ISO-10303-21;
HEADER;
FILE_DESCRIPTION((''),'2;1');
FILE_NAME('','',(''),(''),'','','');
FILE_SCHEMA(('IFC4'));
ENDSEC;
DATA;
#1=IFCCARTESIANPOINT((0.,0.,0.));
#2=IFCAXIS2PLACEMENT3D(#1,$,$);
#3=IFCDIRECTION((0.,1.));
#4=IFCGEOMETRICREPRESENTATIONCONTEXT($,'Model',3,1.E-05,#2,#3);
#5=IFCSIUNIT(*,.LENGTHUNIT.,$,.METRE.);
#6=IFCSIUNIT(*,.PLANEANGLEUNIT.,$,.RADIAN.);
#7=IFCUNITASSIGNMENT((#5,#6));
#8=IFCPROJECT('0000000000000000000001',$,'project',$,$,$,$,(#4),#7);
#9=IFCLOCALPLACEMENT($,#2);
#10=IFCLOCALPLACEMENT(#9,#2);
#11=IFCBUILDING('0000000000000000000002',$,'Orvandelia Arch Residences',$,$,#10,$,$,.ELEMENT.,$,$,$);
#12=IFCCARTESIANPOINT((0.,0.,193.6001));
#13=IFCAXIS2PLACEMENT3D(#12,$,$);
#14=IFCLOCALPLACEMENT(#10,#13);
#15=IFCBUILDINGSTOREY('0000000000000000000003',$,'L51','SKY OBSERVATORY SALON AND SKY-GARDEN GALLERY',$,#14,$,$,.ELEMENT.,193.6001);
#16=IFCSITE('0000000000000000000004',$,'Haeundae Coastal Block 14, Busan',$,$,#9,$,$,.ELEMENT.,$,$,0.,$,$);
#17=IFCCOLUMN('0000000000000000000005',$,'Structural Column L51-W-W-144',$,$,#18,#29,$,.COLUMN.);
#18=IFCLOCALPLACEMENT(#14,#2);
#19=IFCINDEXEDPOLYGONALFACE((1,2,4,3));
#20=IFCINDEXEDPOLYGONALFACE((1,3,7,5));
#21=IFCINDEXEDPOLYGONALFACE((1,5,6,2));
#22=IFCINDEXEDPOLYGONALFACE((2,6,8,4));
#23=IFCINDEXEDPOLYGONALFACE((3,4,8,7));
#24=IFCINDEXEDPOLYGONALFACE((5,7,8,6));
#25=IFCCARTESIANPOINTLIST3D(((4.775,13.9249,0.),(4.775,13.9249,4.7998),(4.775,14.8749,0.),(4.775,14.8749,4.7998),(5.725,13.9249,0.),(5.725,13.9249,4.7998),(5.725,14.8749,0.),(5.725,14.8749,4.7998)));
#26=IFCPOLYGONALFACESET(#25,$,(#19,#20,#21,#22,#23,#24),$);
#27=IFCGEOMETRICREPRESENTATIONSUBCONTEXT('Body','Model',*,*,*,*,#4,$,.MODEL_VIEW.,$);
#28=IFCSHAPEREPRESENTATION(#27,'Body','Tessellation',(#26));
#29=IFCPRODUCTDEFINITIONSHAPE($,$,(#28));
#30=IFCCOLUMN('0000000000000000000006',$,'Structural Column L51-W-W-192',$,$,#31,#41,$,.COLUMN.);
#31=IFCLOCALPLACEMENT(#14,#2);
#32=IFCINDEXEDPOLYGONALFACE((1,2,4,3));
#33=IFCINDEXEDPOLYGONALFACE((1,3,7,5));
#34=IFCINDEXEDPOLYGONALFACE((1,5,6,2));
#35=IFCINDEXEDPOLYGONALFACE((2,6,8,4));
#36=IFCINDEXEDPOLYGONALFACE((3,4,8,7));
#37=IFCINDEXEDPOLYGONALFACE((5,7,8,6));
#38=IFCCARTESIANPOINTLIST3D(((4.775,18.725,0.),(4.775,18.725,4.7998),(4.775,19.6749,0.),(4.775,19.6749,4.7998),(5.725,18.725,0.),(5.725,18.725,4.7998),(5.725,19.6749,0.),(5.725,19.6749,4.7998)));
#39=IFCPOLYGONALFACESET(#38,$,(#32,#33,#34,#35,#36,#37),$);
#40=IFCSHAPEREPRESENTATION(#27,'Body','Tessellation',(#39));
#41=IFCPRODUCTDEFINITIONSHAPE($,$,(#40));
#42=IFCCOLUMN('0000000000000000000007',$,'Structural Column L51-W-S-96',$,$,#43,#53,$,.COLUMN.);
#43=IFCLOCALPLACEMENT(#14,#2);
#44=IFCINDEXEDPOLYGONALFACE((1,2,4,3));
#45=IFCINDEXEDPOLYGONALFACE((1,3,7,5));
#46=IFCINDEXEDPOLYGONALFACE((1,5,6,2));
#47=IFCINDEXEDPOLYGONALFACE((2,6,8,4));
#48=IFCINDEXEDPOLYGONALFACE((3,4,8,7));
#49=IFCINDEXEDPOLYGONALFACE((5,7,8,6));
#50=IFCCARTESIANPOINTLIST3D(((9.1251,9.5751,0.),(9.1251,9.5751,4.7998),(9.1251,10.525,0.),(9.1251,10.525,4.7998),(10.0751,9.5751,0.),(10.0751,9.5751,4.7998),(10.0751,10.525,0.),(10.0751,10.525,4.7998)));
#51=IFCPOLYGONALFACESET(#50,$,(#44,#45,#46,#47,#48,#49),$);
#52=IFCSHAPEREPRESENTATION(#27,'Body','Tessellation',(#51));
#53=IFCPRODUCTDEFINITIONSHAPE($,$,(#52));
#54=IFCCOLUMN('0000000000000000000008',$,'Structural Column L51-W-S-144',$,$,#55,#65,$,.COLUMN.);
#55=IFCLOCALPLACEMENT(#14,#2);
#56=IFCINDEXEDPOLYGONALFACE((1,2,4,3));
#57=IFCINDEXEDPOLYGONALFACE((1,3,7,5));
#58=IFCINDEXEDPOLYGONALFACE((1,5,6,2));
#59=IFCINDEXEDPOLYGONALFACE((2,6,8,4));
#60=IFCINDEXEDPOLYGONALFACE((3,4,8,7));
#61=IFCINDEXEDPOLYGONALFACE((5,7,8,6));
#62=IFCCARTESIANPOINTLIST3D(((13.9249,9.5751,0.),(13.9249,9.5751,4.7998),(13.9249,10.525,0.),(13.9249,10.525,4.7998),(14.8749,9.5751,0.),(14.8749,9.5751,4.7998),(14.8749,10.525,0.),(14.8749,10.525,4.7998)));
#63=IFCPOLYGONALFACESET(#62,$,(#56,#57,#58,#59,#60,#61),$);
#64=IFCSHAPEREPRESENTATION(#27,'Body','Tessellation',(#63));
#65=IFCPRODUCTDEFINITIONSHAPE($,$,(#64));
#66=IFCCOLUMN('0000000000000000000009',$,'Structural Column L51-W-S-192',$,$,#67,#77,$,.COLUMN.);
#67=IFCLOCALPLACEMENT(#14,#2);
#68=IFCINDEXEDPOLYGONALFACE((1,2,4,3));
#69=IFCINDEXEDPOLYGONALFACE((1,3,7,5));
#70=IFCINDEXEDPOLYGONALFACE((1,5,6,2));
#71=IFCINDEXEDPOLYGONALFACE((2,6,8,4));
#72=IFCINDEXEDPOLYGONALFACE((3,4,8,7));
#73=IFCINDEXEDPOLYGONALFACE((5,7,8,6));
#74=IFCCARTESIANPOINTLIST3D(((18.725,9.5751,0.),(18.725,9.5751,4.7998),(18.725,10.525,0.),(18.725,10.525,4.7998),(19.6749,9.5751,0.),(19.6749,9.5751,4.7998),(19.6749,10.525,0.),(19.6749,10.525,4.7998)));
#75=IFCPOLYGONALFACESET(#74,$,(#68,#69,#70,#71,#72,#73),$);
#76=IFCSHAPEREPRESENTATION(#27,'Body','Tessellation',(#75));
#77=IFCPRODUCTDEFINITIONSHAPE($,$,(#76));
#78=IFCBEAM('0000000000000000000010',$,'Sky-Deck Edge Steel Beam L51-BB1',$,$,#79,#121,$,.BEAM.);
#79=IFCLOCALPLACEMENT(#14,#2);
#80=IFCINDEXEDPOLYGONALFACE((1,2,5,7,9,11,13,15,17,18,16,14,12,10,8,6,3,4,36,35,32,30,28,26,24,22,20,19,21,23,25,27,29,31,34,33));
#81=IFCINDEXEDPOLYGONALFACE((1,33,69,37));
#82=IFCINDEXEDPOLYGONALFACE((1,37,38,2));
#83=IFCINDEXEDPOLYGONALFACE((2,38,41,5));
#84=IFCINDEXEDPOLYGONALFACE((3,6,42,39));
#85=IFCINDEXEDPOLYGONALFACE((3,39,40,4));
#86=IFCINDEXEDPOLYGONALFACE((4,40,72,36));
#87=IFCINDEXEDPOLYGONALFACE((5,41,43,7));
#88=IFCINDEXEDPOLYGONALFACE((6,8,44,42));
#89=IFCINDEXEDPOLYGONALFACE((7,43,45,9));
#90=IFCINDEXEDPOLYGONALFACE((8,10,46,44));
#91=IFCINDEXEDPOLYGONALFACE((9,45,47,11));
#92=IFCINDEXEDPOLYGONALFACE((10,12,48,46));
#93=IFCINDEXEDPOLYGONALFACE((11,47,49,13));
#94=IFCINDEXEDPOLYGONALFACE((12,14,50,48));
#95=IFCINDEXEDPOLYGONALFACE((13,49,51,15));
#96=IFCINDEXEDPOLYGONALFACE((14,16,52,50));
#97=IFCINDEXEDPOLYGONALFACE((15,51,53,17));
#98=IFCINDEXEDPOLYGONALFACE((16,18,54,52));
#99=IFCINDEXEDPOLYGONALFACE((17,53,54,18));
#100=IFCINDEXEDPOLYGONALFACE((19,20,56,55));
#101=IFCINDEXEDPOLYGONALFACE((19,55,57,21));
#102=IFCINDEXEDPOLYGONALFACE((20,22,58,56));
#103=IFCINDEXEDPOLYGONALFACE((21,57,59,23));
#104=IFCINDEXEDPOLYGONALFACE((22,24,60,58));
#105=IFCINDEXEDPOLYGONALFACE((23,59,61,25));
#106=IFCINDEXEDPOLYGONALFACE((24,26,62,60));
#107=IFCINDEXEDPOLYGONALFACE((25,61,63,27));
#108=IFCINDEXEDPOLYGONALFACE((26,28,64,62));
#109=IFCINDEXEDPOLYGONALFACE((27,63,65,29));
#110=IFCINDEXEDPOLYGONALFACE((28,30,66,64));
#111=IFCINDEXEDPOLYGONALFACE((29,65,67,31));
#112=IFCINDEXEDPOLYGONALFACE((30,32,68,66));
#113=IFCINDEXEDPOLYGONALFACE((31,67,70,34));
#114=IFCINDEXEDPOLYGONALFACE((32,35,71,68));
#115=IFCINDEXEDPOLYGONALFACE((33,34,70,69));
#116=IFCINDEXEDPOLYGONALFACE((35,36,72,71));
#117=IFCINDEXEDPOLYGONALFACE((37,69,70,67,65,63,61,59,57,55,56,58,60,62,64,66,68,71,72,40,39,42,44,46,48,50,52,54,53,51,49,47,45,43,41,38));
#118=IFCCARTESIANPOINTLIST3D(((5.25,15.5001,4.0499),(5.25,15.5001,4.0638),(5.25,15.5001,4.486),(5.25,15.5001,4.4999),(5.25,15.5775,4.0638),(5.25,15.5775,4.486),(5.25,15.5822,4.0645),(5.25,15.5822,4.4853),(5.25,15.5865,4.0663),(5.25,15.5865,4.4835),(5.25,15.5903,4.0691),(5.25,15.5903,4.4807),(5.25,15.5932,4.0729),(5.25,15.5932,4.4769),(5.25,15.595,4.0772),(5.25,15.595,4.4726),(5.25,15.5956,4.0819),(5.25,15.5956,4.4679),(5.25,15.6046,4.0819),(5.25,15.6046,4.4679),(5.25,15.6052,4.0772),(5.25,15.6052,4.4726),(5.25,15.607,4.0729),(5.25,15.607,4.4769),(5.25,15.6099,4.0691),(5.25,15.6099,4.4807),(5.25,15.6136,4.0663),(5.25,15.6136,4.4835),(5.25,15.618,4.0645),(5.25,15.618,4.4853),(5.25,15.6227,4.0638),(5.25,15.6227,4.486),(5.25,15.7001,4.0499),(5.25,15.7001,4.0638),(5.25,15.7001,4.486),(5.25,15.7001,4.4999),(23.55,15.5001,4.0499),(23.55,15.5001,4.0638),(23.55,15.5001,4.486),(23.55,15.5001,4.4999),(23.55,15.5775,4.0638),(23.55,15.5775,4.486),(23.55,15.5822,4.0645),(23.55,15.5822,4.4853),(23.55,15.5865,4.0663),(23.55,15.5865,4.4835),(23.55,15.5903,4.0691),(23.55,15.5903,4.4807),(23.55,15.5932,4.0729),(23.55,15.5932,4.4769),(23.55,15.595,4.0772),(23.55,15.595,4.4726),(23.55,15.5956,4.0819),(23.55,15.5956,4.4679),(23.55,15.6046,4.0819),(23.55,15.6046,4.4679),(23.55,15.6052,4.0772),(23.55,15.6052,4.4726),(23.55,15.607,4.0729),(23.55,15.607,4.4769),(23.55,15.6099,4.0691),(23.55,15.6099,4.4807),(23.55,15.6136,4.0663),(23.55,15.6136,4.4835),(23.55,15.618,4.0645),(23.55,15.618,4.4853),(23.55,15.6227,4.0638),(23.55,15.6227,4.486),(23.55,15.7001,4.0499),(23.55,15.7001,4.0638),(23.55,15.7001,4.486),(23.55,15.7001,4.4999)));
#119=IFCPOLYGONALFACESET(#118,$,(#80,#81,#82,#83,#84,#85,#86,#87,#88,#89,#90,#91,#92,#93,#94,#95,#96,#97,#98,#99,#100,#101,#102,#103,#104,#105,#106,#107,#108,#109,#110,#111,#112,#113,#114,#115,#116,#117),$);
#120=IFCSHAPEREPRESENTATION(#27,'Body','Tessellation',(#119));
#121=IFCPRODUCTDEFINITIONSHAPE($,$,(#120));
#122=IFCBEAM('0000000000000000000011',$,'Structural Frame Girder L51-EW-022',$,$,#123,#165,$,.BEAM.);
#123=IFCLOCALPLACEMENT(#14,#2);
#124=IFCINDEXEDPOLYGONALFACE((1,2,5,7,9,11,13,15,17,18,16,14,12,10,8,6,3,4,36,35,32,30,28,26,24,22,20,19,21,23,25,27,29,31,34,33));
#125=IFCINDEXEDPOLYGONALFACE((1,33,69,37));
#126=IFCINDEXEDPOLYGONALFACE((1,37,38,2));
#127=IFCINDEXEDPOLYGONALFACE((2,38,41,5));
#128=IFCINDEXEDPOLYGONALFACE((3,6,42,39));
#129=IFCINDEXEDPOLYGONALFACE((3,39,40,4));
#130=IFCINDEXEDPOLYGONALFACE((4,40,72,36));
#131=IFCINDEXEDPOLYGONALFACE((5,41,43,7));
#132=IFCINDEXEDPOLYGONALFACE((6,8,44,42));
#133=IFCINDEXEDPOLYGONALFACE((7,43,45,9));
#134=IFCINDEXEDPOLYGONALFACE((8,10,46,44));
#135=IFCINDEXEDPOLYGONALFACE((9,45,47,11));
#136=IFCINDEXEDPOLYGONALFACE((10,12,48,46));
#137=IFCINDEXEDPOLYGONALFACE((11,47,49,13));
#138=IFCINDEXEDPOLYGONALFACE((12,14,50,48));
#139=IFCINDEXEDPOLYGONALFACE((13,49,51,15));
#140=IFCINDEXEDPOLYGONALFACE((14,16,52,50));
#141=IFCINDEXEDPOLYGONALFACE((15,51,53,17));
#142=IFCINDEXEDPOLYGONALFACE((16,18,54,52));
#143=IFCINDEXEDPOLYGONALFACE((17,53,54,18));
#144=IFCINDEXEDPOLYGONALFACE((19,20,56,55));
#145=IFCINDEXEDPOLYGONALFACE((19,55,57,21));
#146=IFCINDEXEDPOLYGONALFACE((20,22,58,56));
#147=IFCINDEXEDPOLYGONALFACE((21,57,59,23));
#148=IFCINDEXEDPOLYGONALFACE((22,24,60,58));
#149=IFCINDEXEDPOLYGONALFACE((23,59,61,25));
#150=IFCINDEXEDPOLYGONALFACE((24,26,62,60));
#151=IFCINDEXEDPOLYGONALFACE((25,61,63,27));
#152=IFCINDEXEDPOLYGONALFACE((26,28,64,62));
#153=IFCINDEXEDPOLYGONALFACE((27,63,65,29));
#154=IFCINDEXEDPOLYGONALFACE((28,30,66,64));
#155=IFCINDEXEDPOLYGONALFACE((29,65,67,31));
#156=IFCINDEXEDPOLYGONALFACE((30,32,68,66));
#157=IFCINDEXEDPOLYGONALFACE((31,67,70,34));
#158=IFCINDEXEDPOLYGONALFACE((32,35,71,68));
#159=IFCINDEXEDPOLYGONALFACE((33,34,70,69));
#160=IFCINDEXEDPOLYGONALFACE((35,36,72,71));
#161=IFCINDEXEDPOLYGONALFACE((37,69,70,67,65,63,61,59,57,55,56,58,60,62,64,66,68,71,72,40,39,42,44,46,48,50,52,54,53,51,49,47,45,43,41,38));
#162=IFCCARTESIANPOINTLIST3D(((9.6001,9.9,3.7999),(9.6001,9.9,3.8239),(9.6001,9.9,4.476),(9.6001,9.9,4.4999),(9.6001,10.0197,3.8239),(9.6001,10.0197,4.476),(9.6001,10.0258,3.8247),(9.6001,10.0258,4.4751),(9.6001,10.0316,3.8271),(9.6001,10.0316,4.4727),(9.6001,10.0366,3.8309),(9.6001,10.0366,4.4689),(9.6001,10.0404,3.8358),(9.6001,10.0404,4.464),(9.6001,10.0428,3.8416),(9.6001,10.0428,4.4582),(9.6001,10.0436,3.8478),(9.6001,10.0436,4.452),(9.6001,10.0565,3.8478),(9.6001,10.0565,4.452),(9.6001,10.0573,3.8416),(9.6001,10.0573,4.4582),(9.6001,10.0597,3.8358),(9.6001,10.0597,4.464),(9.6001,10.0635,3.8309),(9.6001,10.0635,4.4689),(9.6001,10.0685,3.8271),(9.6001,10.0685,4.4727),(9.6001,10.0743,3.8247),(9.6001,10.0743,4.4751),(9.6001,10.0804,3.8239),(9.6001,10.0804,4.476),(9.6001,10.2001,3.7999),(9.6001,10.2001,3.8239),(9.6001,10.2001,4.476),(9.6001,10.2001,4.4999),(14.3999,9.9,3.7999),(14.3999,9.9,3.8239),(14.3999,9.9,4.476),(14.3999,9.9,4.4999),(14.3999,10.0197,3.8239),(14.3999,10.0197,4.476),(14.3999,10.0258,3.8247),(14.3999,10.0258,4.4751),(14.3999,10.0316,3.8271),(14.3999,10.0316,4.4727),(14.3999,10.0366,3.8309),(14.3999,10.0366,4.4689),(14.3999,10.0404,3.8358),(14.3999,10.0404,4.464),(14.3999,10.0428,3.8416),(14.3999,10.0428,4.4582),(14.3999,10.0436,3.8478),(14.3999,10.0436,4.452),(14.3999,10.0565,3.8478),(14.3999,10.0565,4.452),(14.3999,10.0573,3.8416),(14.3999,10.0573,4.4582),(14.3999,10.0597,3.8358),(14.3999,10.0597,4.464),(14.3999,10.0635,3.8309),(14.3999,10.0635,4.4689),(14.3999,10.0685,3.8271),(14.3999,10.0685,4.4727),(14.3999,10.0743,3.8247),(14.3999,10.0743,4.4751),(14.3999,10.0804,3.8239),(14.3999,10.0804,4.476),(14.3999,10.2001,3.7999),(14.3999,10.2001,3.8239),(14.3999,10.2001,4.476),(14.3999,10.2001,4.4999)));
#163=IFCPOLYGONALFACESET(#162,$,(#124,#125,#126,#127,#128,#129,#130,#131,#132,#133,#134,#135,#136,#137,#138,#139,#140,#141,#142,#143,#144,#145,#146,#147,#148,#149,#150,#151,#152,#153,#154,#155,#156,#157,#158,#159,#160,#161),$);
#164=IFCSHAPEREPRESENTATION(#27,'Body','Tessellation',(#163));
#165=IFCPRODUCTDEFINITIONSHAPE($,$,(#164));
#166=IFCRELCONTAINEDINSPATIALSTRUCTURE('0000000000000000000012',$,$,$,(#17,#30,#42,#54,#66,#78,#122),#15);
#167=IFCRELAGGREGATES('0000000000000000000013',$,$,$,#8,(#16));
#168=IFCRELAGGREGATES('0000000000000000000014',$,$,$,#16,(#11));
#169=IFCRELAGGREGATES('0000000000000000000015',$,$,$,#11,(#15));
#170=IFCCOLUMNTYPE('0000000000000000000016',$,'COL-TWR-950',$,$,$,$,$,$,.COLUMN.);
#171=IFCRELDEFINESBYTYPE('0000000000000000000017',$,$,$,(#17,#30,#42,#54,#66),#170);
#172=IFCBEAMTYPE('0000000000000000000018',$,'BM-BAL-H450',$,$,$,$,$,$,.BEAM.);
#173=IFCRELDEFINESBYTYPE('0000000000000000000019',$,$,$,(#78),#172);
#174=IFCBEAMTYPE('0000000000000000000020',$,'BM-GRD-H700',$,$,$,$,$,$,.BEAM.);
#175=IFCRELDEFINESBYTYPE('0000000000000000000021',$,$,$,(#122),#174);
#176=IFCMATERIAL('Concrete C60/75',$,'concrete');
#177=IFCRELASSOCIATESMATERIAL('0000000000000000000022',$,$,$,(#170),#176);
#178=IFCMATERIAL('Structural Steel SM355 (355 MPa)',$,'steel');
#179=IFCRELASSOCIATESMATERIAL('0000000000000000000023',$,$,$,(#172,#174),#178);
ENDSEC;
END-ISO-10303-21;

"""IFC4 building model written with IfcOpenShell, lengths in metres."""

from ifc_helpers import new_model, si_unit, direction, frame, origin, origin_2d, place, context, subcontext, project, spatial, rectangle, i_section, extrude, material, material_profile, profile_set, type_object, element, save


model = new_model("IFC4")

# Units and contexts
model_context = context("Model", 3, precision=1e-05, world=origin(), true_north=direction((0.0, 1.0)))
body_context = subcontext(model_context, "Body", "Model", "MODEL_VIEW")
ifc_project = project(units=[si_unit("LENGTHUNIT", "METRE"), si_unit("PLANEANGLEUNIT", "RADIAN")], contexts=[model_context])

# Site, building, storey
site_placement = place(None, origin())
site = spatial("IfcSite", under=ifc_project, at=site_placement, Name="Haeundae Coastal Block 14, Busan", CompositionType="ELEMENT", RefElevation=0.0)
building_placement = place(site_placement, origin())
building = spatial("IfcBuilding", under=site, at=building_placement, Name="Orvandelia Arch Residences", CompositionType="ELEMENT")
storey_placement = place(building_placement, frame((0.0, 0.0, 193.6001)))
storey = spatial("IfcBuildingStorey", under=building, at=storey_placement, Name="L51", Description="SKY OBSERVATORY SALON AND SKY-GARDEN GALLERY", CompositionType="ELEMENT", Elevation=193.6001)

# Columns
ifc_material_1 = material(Name="Concrete C60/75", Category="concrete")
ifc_material_profile_1 = material_profile(ifc_material_1, rectangle(XDim=0.95, YDim=0.95, at=origin_2d()), Name="Concrete C60/75", Category="concrete")
ifc_profile_set_1 = profile_set([ifc_material_profile_1], Name="Concrete C60/75")
column_type = type_object("IfcColumnType", Name="COL-TWR-950", PredefinedType="COLUMN", material=ifc_profile_set_1)
for number, where, z_axis, x_axis, name in (
    (1, (5.25, 14.3999, 0.0), (0.0, 0.0, 1.0), (1.0, 0.0, 0.0), "Structural Column L51-W-W-144"),
    (2, (5.25, 19.2, 0.0), (0.0, 0.0, 1.0), (1.0, 0.0, 0.0), "Structural Column L51-W-W-192"),
    (3, (9.6001, 10.05, 0.0), (0.0, 0.0, 1.0), (1.0, 0.0, 0.0), "Structural Column L51-W-S-96"),
    (4, (14.3999, 10.05, 0.0), (0.0, 0.0, 1.0), (1.0, 0.0, 0.0), "Structural Column L51-W-S-144"),
    (5, (19.2, 10.05, 0.0), (0.0, 0.0, 1.0), (1.0, 0.0, 0.0), "Structural Column L51-W-S-192"),
):
    element("IfcColumn", number, at=place(storey_placement, frame(where, z_axis=z_axis, x_axis=x_axis)), inside=storey, type_object=column_type, Name=name, PredefinedType="COLUMN", context=body_context, shape_type="SweptSolid", body=[
        extrude(rectangle(XDim=0.95, YDim=0.95, at=origin_2d()), origin(), (0.0, 0.0, 1.0), 4.7998),
    ])

# Beams
ifc_material_2 = material(Name="Structural Steel SM355 (355 MPa)", Category="steel")
ifc_material_profile_2 = material_profile(ifc_material_2, i_section(OverallWidth=0.2, OverallDepth=0.45, WebThickness=0.009, FlangeThickness=0.0139, FilletRadius=0.0181, at=origin_2d()), Name="Structural Steel SM355 (355 MPa)", Category="steel")
ifc_profile_set_2 = profile_set([ifc_material_profile_2], Name="Structural Steel SM355 (355 MPa)")
beam_type_1 = type_object("IfcBeamType", Name="BM-BAL-H450", PredefinedType="BEAM", material=ifc_profile_set_2)
beam_1_placement = place(storey_placement, frame((5.25, 15.6001, 4.2749), z_axis=(1.0, 0.0, 0.0), x_axis=(0.0, 1.0, 0.0)))
element("IfcBeam", 6, at=beam_1_placement, inside=storey, type_object=beam_type_1, Name="Sky-Deck Edge Steel Beam L51-BB1", PredefinedType="BEAM", context=body_context, shape_type="SweptSolid", body=[
    extrude(i_section(OverallWidth=0.2, OverallDepth=0.45, WebThickness=0.009, FlangeThickness=0.0139, FilletRadius=0.0181, at=origin_2d()), origin(), (0.0, 0.0, 1.0), 18.3),
])
ifc_material_profile_3 = material_profile(ifc_material_2, i_section(OverallWidth=0.3, OverallDepth=0.7, WebThickness=0.0129, FlangeThickness=0.0239, FilletRadius=0.0239, at=origin_2d()), Name="Structural Steel SM355 (355 MPa)", Category="steel")
ifc_profile_set_3 = profile_set([ifc_material_profile_3], Name="Structural Steel SM355 (355 MPa)")
beam_type_2 = type_object("IfcBeamType", Name="BM-GRD-H700", PredefinedType="BEAM", material=ifc_profile_set_3)
beam_2_placement = place(storey_placement, frame((9.6001, 10.05, 4.1499), z_axis=(1.0, 0.0, 0.0), x_axis=(0.0, 1.0, 0.0)))
element("IfcBeam", 7, at=beam_2_placement, inside=storey, type_object=beam_type_2, Name="Structural Frame Girder L51-EW-022", PredefinedType="BEAM", context=body_context, shape_type="SweptSolid", body=[
    extrude(i_section(OverallWidth=0.3, OverallDepth=0.7, WebThickness=0.0129, FlangeThickness=0.0239, FilletRadius=0.0239, at=origin_2d()), origin(), (0.0, 0.0, 1.0), 4.7998),
])

save(model, "model.ifc")
